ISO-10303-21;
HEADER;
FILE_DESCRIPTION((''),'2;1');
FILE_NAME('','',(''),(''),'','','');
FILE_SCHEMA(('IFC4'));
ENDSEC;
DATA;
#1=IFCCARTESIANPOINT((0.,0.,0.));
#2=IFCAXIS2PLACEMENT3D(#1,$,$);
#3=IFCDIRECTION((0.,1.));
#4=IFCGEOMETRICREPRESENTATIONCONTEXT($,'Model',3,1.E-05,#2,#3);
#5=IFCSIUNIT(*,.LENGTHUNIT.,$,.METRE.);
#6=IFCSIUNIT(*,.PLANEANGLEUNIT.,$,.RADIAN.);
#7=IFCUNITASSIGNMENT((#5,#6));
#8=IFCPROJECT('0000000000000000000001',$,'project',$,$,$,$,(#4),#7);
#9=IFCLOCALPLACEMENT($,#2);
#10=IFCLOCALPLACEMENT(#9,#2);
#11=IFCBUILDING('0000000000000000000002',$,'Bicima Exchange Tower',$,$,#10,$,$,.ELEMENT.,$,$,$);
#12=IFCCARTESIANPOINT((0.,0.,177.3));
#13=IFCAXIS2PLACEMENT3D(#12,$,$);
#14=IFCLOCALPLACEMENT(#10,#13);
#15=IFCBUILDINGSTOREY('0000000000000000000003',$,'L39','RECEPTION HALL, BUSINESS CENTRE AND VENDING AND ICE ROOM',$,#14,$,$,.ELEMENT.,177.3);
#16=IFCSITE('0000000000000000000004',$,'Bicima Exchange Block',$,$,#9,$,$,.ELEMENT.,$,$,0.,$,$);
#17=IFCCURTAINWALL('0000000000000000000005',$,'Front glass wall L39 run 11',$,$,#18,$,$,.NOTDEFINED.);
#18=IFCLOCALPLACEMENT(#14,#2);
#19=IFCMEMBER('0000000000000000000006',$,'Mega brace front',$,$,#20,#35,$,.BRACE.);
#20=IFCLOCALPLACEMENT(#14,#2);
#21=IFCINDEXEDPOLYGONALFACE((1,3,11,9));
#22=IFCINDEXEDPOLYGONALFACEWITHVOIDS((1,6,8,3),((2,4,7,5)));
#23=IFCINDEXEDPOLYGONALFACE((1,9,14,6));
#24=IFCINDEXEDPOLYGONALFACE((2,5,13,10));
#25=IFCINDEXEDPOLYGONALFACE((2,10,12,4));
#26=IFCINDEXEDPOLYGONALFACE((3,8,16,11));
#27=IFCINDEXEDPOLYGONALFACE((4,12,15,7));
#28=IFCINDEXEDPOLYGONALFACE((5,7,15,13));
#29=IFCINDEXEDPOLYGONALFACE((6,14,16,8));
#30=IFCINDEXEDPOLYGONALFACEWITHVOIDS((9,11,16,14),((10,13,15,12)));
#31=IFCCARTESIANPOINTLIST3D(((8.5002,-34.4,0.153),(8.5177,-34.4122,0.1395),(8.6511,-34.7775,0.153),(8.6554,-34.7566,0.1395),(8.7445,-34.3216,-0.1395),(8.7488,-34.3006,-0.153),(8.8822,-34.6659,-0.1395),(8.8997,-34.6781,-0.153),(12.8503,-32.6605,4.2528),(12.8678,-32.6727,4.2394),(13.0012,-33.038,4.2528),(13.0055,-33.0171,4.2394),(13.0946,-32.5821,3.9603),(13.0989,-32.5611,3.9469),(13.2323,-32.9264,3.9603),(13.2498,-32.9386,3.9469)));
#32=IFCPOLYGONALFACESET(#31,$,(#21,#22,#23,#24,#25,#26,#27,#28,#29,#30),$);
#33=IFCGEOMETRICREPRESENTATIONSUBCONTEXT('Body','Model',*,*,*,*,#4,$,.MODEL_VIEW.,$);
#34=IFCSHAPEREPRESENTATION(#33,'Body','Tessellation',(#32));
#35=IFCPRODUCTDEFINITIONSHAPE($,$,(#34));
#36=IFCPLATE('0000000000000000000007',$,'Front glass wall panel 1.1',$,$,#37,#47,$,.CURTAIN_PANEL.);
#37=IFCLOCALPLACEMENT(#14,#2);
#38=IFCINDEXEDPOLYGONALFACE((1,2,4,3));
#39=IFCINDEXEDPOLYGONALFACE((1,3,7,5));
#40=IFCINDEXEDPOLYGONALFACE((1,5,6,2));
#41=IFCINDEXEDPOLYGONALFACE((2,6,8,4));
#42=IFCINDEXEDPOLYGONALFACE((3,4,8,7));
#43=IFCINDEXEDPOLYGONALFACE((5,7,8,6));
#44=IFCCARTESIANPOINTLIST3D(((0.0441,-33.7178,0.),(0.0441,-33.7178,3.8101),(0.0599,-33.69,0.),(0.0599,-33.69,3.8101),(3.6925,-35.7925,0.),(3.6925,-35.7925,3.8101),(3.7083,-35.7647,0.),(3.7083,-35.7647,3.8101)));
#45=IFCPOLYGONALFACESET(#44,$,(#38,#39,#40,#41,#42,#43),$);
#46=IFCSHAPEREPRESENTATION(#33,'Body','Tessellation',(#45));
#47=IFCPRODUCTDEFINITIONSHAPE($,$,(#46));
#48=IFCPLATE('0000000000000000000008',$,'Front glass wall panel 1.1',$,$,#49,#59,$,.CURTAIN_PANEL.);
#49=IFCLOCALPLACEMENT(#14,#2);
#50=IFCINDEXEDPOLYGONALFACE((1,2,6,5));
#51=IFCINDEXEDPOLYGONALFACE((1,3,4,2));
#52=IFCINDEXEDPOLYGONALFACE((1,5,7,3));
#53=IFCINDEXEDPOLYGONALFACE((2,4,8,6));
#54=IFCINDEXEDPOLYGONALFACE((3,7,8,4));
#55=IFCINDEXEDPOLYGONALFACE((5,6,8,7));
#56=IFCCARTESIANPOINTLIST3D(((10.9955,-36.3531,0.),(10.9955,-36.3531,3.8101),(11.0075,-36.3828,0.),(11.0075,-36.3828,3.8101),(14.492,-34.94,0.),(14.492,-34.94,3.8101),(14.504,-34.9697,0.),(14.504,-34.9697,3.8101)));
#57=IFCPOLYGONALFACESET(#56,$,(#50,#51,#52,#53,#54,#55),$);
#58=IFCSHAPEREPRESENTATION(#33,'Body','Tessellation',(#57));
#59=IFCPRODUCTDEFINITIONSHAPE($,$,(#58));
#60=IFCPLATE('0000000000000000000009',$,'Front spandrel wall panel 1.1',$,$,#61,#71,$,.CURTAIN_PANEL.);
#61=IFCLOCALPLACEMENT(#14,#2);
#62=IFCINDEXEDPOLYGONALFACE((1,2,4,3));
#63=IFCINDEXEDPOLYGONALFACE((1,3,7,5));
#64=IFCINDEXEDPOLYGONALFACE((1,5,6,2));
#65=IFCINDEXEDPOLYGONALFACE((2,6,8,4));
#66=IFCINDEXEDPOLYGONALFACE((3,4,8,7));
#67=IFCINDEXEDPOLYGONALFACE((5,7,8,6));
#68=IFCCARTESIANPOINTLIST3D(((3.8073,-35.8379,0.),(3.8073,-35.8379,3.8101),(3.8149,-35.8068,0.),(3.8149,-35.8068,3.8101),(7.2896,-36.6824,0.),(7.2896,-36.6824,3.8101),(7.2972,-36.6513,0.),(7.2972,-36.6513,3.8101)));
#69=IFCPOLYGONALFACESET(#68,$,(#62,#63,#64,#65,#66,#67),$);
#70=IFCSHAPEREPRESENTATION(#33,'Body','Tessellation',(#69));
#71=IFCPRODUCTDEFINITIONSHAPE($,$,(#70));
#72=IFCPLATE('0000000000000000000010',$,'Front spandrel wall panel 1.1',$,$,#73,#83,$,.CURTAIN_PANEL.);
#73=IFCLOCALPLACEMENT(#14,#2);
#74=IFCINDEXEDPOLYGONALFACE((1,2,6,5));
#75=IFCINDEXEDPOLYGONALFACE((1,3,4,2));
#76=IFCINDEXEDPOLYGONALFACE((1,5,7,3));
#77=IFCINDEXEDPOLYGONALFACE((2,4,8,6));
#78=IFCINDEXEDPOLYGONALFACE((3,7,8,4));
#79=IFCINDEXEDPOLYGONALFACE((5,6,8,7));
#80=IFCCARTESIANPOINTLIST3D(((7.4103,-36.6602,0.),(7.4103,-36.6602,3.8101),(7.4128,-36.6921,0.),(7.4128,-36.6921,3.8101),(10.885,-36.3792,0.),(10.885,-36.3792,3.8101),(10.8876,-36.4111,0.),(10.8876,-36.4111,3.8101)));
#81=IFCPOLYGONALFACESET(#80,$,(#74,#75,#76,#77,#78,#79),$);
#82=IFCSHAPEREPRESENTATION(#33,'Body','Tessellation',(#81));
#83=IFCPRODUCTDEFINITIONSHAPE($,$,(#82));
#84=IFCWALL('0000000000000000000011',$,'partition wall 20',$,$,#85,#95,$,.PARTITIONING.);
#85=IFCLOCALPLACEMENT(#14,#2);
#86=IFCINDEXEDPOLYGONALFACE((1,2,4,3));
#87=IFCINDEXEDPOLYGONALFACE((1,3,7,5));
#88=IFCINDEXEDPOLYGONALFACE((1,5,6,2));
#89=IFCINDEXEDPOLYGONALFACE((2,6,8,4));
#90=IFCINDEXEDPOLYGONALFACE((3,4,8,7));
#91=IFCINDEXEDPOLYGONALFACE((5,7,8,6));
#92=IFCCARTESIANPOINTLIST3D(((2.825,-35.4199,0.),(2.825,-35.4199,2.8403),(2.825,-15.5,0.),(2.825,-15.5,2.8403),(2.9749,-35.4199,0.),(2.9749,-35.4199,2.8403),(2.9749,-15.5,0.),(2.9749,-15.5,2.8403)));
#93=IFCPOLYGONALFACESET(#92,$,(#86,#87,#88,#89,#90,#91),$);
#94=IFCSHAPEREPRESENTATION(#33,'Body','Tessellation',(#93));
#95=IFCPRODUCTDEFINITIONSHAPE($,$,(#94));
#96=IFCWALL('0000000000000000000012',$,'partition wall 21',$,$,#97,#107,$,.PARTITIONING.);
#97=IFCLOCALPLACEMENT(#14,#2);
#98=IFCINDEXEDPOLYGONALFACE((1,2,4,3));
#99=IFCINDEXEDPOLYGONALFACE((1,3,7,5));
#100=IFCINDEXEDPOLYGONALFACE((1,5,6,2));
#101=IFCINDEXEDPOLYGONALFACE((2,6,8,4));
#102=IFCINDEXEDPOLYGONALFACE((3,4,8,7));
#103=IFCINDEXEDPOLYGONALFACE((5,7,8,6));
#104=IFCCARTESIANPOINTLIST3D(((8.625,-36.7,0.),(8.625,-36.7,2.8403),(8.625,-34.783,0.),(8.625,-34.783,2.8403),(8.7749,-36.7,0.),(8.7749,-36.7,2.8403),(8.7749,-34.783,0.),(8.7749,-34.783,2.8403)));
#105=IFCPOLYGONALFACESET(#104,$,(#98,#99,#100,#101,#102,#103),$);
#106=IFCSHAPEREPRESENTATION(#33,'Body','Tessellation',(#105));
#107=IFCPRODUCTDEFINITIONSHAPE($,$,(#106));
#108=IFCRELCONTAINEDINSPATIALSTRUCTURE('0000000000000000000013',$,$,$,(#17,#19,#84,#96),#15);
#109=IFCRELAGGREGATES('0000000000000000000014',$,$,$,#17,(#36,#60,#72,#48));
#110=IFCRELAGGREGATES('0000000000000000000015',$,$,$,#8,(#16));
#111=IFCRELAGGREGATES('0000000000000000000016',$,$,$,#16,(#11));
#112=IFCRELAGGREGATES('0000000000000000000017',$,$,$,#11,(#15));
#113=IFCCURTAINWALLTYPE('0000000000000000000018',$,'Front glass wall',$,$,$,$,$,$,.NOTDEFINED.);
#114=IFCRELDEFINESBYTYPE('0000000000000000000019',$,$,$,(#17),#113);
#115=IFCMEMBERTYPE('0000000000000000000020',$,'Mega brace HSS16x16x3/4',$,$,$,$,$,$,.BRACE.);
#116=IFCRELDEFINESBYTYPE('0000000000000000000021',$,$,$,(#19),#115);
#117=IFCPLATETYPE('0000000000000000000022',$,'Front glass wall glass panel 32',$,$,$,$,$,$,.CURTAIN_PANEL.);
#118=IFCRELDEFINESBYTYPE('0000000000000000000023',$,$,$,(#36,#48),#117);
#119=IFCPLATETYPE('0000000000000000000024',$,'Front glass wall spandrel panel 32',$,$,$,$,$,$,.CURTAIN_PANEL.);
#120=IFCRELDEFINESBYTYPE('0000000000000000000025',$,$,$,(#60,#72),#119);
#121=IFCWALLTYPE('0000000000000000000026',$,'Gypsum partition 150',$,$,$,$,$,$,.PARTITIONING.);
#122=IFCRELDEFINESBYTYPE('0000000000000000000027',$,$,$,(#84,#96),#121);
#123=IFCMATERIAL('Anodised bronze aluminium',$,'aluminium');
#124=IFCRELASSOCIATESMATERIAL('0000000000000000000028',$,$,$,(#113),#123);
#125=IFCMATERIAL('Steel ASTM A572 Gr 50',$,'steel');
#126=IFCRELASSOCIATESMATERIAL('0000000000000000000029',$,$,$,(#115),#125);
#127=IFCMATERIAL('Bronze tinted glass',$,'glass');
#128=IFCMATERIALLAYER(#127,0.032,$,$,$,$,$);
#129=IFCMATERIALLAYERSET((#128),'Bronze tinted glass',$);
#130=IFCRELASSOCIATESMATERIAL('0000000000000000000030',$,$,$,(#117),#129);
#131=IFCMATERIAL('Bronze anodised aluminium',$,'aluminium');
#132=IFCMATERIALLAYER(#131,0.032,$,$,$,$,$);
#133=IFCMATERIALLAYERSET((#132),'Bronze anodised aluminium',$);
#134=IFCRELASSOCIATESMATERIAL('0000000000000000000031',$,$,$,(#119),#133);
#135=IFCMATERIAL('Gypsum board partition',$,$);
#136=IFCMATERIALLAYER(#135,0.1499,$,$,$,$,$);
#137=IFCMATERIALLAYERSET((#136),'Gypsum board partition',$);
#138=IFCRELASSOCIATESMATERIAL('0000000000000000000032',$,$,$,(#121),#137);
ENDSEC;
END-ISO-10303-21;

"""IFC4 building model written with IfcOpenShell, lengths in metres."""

from ifc_helpers import new_model, si_unit, direction, frame, frame_2d, origin, origin_2d, place, context, subcontext, project, spatial, rectangle, hollow_rectangle, extrude, material, layer, layer_set, material_profile, profile_set, type_object, element, aggregate, save


model = new_model("IFC4")

# Units and contexts
model_context = context("Model", 3, precision=1e-05, world=origin(), true_north=direction((0.0, 1.0)))
body_context = subcontext(model_context, "Body", "Model", "MODEL_VIEW")
ifc_project = project(units=[si_unit("LENGTHUNIT", "METRE"), si_unit("PLANEANGLEUNIT", "RADIAN")], contexts=[model_context])

# Site, building, storey
site_placement = place(None, origin())
site = spatial("IfcSite", under=ifc_project, at=site_placement, Name="Bicima Exchange Block", CompositionType="ELEMENT", RefElevation=0.0)
building_placement = place(site_placement, origin())
building = spatial("IfcBuilding", under=site, at=building_placement, Name="Bicima Exchange Tower", CompositionType="ELEMENT")
storey_placement = place(building_placement, frame((0.0, 0.0, 177.3)))
storey = spatial("IfcBuildingStorey", under=building, at=storey_placement, Name="L39", Description="RECEPTION HALL, BUSINESS CENTRE AND VENDING AND ICE ROOM", CompositionType="ELEMENT", Elevation=177.3)

# Curtain wall
ifc_material_1 = material(Name="Anodised bronze aluminium", Category="aluminium")
curtain_wall_type = type_object("IfcCurtainWallType", Name="Front glass wall", PredefinedType="NOTDEFINED", material=ifc_material_1)
curtain_wall_placement = place(storey_placement, origin())
curtain_wall = element("IfcCurtainWall", 1, at=curtain_wall_placement, inside=storey, type_object=curtain_wall_type, Name="Front glass wall L39 run 11", PredefinedType="NOTDEFINED")

# Member
ifc_material_2 = material(Name="Steel ASTM A572 Gr 50", Category="steel")
ifc_material_profile_1 = material_profile(ifc_material_2, hollow_rectangle(XDim=0.4065, YDim=0.4065, WallThickness=0.0178, at=origin_2d()))
ifc_profile_set_1 = profile_set([ifc_material_profile_1], Name="Steel ASTM A572 Gr 50")
member_type_1 = type_object("IfcMemberType", Name="Mega brace HSS16x16x3/4", PredefinedType="BRACE", material=ifc_profile_set_1)
member_1_placement = place(storey_placement, frame((8.7, -34.5391, 0.0), z_axis=(0.698744, 0.279411, 0.658548), x_axis=(-0.371292, 0.928516, 0.0)))
element("IfcMember", 2, at=member_1_placement, inside=storey, type_object=member_type_1, Name="Mega brace front", PredefinedType="BRACE", context=body_context, shape_type="SweptSolid", body=[
    extrude(hollow_rectangle(XDim=0.4065, YDim=0.4065, WallThickness=0.0178, at=origin_2d()), origin(), (0.0, 0.0, 1.0), 6.2256),
])

# Plates
ifc_material_3 = material(Name="Bronze tinted glass", Category="glass")
ifc_layer_1 = layer(ifc_material_3, 0.032)
ifc_layer_set_1 = layer_set([ifc_layer_1], Name="Bronze tinted glass")
plate_type_1 = type_object("IfcPlateType", Name="Front glass wall glass panel 32", PredefinedType="CURTAIN_PANEL", material=ifc_layer_set_1)
plate_1_placement = place(storey_placement, frame((1.8762, -34.7412, 0.0), z_axis=(0.0, 0.0, 1.0), x_axis=(0.869274, -0.49433, 0.0)))
plate_1 = element("IfcPlate", 3, at=plate_1_placement, type_object=plate_type_1, Name="Front glass wall panel 1.1", PredefinedType="CURTAIN_PANEL", context=body_context, shape_type="SweptSolid", body=[
    extrude(rectangle(XDim=4.197, YDim=0.032, at=origin_2d()), origin(), (0.0, 0.0, 1.0), 3.8101),
])
plate_2_placement = place(storey_placement, frame((12.7498, -35.6614, 0.0), z_axis=(0.0, 0.0, 1.0), x_axis=(0.927144, 0.374705, 0.0)))
plate_2 = element("IfcPlate", 4, at=plate_2_placement, type_object=plate_type_1, Name="Front glass wall panel 1.1", PredefinedType="CURTAIN_PANEL", context=body_context, shape_type="SweptSolid", body=[
    extrude(rectangle(XDim=3.7712, YDim=0.032, at=origin_2d()), origin(), (0.0, 0.0, 1.0), 3.8101),
])
ifc_material_4 = material(Name="Bronze anodised aluminium", Category="aluminium")
ifc_layer_2 = layer(ifc_material_4, 0.032)
ifc_layer_set_2 = layer_set([ifc_layer_2], Name="Bronze anodised aluminium")
plate_type_2 = type_object("IfcPlateType", Name="Front glass wall spandrel panel 32", PredefinedType="CURTAIN_PANEL", material=ifc_layer_set_2)
plate_3_placement = place(storey_placement, frame((5.5522, -36.2446, 0.0), z_axis=(0.0, 0.0, 1.0), x_axis=(0.97183, -0.235682, 0.0)))
plate_3 = element("IfcPlate", 5, at=plate_3_placement, type_object=plate_type_2, Name="Front spandrel wall panel 1.1", PredefinedType="CURTAIN_PANEL", context=body_context, shape_type="SweptSolid", body=[
    extrude(rectangle(XDim=3.5833, YDim=0.032, at=origin_2d()), origin(), (0.0, 0.0, 1.0), 3.8101),
])
plate_4_placement = place(storey_placement, frame((9.1489, -36.5356, 0.0), z_axis=(0.0, 0.0, 1.0), x_axis=(0.996747, 0.080589, 0.0)))
plate_4 = element("IfcPlate", 6, at=plate_4_placement, type_object=plate_type_2, Name="Front spandrel wall panel 1.1", PredefinedType="CURTAIN_PANEL", context=body_context, shape_type="SweptSolid", body=[
    extrude(rectangle(XDim=3.4861, YDim=0.032, at=origin_2d()), origin(), (0.0, 0.0, 1.0), 3.8101),
])
aggregate(curtain_wall, [plate_1, plate_3, plate_4, plate_2])

# Walls
ifc_material_5 = material(Name="Gypsum board partition")
ifc_layer_3 = layer(ifc_material_5, 0.1499)
ifc_layer_set_3 = layer_set([ifc_layer_3], Name="Gypsum board partition")
wall_type = type_object("IfcWallType", Name="Gypsum partition 150", PredefinedType="PARTITIONING", material=ifc_layer_set_3)
wall_1_placement = place(storey_placement, frame((2.8999, -35.4199, 0.0), z_axis=(0.0, 0.0, 1.0), x_axis=(0.0, 1.0, 0.0)))
element("IfcWall", 7, at=wall_1_placement, inside=storey, type_object=wall_type, Name="partition wall 20", PredefinedType="PARTITIONING", context=body_context, shape_type="SweptSolid", body=[
    extrude(rectangle(XDim=19.9199, YDim=0.1499, at=frame_2d((9.96, 0.0))), origin(), (0.0, 0.0, 1.0), 2.8403),
])
wall_2_placement = place(storey_placement, frame((8.7, -36.7, 0.0), z_axis=(0.0, 0.0, 1.0), x_axis=(0.0, 1.0, 0.0)))
element("IfcWall", 8, at=wall_2_placement, inside=storey, type_object=wall_type, Name="partition wall 21", PredefinedType="PARTITIONING", context=body_context, shape_type="SweptSolid", body=[
    extrude(rectangle(XDim=1.917, YDim=0.1499, at=frame_2d((0.9585, 0.0))), origin(), (0.0, 0.0, 1.0), 2.8403),
])

save(model, "model.ifc")
